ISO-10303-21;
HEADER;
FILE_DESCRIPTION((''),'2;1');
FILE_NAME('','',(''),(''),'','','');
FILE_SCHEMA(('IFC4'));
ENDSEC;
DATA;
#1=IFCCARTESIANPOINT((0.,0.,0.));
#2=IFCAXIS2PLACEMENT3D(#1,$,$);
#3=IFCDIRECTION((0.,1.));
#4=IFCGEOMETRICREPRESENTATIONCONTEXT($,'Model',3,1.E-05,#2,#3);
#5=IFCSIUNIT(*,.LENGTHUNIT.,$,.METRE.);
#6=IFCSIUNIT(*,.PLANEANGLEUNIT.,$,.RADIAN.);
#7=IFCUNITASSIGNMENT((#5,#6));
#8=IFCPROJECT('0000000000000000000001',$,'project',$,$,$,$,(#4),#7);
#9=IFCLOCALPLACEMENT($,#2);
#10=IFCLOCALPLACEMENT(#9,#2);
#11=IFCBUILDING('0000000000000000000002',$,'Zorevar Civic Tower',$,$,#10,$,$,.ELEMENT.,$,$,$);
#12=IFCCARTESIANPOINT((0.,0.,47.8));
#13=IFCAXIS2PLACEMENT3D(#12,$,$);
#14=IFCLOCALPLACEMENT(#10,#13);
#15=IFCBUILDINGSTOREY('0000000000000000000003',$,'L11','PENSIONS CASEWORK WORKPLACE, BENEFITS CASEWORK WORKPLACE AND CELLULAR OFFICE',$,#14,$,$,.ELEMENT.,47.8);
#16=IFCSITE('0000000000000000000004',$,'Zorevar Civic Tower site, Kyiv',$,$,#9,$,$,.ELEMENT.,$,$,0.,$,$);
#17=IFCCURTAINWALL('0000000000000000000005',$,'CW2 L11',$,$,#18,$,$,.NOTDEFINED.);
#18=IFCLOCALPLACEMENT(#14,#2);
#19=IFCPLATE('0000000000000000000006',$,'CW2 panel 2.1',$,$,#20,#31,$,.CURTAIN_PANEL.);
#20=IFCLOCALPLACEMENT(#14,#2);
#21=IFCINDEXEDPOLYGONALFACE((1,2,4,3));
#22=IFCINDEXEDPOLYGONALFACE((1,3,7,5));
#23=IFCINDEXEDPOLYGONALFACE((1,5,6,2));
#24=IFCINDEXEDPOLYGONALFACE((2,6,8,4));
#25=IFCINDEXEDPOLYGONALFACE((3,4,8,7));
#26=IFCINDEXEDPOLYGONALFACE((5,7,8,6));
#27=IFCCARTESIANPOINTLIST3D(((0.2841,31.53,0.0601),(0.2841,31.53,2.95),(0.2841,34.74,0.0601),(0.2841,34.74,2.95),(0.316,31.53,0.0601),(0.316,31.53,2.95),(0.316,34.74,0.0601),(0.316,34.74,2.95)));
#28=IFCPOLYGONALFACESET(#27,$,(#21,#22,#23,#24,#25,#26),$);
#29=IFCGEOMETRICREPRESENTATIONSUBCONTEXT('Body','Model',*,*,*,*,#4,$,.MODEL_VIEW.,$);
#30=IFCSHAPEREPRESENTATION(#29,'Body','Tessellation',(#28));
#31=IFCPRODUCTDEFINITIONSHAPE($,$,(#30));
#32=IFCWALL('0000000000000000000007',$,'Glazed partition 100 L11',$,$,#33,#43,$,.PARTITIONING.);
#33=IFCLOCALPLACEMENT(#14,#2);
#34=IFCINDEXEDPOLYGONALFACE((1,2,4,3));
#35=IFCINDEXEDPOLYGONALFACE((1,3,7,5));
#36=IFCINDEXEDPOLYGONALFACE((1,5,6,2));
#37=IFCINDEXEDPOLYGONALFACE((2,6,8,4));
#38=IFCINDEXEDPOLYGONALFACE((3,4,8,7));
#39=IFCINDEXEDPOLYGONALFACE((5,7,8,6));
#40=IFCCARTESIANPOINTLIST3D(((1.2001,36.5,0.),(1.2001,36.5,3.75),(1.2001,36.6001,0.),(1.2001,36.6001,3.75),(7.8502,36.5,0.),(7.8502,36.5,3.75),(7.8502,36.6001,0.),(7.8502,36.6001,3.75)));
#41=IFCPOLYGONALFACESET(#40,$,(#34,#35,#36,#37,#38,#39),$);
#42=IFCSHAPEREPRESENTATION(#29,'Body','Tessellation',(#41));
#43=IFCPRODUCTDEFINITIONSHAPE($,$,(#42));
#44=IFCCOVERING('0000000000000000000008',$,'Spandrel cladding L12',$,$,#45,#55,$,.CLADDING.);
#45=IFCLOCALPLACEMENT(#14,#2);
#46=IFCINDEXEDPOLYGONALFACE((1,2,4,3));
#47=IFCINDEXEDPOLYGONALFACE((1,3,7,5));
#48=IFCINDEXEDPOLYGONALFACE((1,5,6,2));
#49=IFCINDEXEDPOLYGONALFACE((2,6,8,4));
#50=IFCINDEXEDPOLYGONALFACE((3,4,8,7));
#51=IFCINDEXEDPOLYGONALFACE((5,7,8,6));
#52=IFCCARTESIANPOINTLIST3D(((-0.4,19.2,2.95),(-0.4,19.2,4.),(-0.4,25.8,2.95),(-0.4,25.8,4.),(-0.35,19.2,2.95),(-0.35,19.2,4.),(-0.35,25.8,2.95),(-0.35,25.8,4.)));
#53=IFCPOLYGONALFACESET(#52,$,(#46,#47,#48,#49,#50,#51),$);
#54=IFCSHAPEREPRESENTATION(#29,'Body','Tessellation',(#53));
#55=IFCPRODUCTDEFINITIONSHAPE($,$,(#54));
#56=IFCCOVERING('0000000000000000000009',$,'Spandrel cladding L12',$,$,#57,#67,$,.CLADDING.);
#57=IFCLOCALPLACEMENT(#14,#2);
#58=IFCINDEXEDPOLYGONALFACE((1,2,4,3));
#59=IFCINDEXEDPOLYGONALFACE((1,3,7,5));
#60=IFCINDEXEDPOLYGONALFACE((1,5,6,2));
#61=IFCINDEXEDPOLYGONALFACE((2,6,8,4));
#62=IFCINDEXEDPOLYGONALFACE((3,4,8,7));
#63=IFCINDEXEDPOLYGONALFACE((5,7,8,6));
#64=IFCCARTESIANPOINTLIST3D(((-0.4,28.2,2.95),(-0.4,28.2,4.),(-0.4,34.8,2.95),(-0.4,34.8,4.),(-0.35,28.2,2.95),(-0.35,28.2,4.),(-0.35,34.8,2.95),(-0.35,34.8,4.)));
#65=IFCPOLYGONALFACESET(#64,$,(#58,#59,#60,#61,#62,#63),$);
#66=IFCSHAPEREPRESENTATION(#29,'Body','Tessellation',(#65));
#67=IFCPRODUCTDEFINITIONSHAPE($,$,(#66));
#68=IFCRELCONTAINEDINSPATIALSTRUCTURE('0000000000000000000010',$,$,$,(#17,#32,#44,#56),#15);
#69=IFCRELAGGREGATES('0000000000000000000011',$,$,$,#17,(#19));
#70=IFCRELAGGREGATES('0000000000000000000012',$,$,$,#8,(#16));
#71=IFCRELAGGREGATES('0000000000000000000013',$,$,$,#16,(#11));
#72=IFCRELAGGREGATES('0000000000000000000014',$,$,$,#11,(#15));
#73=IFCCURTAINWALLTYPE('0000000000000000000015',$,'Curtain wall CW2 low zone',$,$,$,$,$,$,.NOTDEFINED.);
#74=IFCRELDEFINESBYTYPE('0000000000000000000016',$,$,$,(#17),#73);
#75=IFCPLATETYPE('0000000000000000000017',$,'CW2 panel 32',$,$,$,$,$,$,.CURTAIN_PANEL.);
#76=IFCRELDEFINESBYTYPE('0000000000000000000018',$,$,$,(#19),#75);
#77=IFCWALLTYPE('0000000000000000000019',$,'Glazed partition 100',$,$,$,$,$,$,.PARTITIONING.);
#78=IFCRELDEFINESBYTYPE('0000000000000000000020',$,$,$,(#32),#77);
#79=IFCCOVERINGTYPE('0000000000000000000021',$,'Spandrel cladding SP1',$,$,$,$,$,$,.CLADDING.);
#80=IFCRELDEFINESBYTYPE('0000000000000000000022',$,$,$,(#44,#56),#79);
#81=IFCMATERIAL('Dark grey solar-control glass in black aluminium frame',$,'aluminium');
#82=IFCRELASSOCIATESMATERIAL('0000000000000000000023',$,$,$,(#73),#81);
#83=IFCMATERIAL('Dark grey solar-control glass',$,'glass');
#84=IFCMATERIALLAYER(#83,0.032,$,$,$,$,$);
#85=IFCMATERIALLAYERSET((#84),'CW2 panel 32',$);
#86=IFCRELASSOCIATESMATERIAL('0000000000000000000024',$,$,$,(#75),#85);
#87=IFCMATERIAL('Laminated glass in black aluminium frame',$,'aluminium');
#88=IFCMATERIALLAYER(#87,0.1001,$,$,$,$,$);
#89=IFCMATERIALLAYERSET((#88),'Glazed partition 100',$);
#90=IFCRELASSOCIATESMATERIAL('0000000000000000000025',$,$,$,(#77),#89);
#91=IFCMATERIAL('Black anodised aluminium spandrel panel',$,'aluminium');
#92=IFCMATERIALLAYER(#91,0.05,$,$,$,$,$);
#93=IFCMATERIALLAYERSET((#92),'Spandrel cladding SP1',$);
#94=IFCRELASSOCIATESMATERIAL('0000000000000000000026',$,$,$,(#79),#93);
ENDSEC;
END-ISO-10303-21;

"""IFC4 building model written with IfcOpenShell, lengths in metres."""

from ifc_helpers import new_model, si_unit, direction, frame, frame_2d, origin, origin_2d, place, context, subcontext, project, spatial, rectangle, extrude, material, layer, layer_set, type_object, element, aggregate, save


model = new_model("IFC4")

# Units and contexts
model_context = context("Model", 3, precision=1e-05, world=origin(), true_north=direction((0.0, 1.0)))
body_context = subcontext(model_context, "Body", "Model", "MODEL_VIEW")
ifc_project = project(units=[si_unit("LENGTHUNIT", "METRE"), si_unit("PLANEANGLEUNIT", "RADIAN")], contexts=[model_context])

# Site, building, storey
site_placement = place(None, origin())
site = spatial("IfcSite", under=ifc_project, at=site_placement, Name="Zorevar Civic Tower site, Kyiv", CompositionType="ELEMENT", RefElevation=0.0)
building_placement = place(site_placement, origin())
building = spatial("IfcBuilding", under=site, at=building_placement, Name="Zorevar Civic Tower", CompositionType="ELEMENT")
storey_placement = place(building_placement, frame((0.0, 0.0, 47.8)))
storey = spatial("IfcBuildingStorey", under=building, at=storey_placement, Name="L11", Description="PENSIONS CASEWORK WORKPLACE, BENEFITS CASEWORK WORKPLACE AND CELLULAR OFFICE", CompositionType="ELEMENT", Elevation=47.8)

# Curtain wall
ifc_material_1 = material(Name="Dark grey solar-control glass in black aluminium frame", Category="aluminium")
curtain_wall_type = type_object("IfcCurtainWallType", Name="Curtain wall CW2 low zone", PredefinedType="NOTDEFINED", material=ifc_material_1)
curtain_wall_1_placement = place(storey_placement, origin())
curtain_wall_1 = element("IfcCurtainWall", 1, at=curtain_wall_1_placement, inside=storey, type_object=curtain_wall_type, Name="CW2 L11", PredefinedType="NOTDEFINED")

# Plate
ifc_material_2 = material(Name="Dark grey solar-control glass", Category="glass")
ifc_layer_1 = layer(ifc_material_2, 0.032)
ifc_layer_set_1 = layer_set([ifc_layer_1], Name="CW2 panel 32")
plate_type = type_object("IfcPlateType", Name="CW2 panel 32", PredefinedType="CURTAIN_PANEL", material=ifc_layer_set_1)
plate_1_placement = place(storey_placement, frame((0.3, 33.135, 0.0601), z_axis=(0.0, 0.0, 1.0), x_axis=(0.0, 1.0, 0.0)))
plate_1 = element("IfcPlate", 2, at=plate_1_placement, type_object=plate_type, Name="CW2 panel 2.1", PredefinedType="CURTAIN_PANEL", context=body_context, shape_type="SweptSolid", body=[
    extrude(rectangle(XDim=3.21, YDim=0.032, at=origin_2d()), origin(), (0.0, 0.0, 1.0), 2.8899),
])
aggregate(curtain_wall_1, [plate_1])

# Wall
ifc_material_3 = material(Name="Laminated glass in black aluminium frame", Category="aluminium")
ifc_layer_2 = layer(ifc_material_3, 0.1001)
ifc_layer_set_2 = layer_set([ifc_layer_2], Name="Glazed partition 100")
wall_type = type_object("IfcWallType", Name="Glazed partition 100", PredefinedType="PARTITIONING", material=ifc_layer_set_2)
wall_placement = place(storey_placement, frame((1.2, 36.55, 0.0), z_axis=(0.0, 0.0, 1.0), x_axis=(1.0, 0.0, 0.0)))
element("IfcWall", 3, at=wall_placement, inside=storey, type_object=wall_type, Name="Glazed partition 100 L11", PredefinedType="PARTITIONING", context=body_context, shape_type="SweptSolid", body=[
    extrude(rectangle(XDim=6.6501, YDim=0.1001, at=frame_2d((3.3252, 0.0))), origin(), (0.0, 0.0, 1.0), 3.75),
])

# Coverings
ifc_material_4 = material(Name="Black anodised aluminium spandrel panel", Category="aluminium")
ifc_layer_3 = layer(ifc_material_4, 0.05)
ifc_layer_set_3 = layer_set([ifc_layer_3], Name="Spandrel cladding SP1")
covering_type = type_object("IfcCoveringType", Name="Spandrel cladding SP1", PredefinedType="CLADDING", material=ifc_layer_set_3)
for number, where, z_axis, x_axis, name in (
    (4, (-0.375, 19.2, 2.95), (0.0, 0.0, 1.0), (0.0, 1.0, 0.0), "Spandrel cladding L12"),
    (5, (-0.375, 28.2, 2.95), (0.0, 0.0, 1.0), (0.0, 1.0, 0.0), "Spandrel cladding L12"),
):
    element("IfcCovering", number, at=place(storey_placement, frame(where, z_axis=z_axis, x_axis=x_axis)), inside=storey, type_object=covering_type, Name=name, PredefinedType="CLADDING", context=body_context, shape_type="SweptSolid", body=[
        extrude(rectangle(XDim=6.6001, YDim=0.05, at=frame_2d((3.3, 0.0))), origin(), (0.0, 0.0, 1.0), 1.05),
    ])

save(model, "model.ifc")
